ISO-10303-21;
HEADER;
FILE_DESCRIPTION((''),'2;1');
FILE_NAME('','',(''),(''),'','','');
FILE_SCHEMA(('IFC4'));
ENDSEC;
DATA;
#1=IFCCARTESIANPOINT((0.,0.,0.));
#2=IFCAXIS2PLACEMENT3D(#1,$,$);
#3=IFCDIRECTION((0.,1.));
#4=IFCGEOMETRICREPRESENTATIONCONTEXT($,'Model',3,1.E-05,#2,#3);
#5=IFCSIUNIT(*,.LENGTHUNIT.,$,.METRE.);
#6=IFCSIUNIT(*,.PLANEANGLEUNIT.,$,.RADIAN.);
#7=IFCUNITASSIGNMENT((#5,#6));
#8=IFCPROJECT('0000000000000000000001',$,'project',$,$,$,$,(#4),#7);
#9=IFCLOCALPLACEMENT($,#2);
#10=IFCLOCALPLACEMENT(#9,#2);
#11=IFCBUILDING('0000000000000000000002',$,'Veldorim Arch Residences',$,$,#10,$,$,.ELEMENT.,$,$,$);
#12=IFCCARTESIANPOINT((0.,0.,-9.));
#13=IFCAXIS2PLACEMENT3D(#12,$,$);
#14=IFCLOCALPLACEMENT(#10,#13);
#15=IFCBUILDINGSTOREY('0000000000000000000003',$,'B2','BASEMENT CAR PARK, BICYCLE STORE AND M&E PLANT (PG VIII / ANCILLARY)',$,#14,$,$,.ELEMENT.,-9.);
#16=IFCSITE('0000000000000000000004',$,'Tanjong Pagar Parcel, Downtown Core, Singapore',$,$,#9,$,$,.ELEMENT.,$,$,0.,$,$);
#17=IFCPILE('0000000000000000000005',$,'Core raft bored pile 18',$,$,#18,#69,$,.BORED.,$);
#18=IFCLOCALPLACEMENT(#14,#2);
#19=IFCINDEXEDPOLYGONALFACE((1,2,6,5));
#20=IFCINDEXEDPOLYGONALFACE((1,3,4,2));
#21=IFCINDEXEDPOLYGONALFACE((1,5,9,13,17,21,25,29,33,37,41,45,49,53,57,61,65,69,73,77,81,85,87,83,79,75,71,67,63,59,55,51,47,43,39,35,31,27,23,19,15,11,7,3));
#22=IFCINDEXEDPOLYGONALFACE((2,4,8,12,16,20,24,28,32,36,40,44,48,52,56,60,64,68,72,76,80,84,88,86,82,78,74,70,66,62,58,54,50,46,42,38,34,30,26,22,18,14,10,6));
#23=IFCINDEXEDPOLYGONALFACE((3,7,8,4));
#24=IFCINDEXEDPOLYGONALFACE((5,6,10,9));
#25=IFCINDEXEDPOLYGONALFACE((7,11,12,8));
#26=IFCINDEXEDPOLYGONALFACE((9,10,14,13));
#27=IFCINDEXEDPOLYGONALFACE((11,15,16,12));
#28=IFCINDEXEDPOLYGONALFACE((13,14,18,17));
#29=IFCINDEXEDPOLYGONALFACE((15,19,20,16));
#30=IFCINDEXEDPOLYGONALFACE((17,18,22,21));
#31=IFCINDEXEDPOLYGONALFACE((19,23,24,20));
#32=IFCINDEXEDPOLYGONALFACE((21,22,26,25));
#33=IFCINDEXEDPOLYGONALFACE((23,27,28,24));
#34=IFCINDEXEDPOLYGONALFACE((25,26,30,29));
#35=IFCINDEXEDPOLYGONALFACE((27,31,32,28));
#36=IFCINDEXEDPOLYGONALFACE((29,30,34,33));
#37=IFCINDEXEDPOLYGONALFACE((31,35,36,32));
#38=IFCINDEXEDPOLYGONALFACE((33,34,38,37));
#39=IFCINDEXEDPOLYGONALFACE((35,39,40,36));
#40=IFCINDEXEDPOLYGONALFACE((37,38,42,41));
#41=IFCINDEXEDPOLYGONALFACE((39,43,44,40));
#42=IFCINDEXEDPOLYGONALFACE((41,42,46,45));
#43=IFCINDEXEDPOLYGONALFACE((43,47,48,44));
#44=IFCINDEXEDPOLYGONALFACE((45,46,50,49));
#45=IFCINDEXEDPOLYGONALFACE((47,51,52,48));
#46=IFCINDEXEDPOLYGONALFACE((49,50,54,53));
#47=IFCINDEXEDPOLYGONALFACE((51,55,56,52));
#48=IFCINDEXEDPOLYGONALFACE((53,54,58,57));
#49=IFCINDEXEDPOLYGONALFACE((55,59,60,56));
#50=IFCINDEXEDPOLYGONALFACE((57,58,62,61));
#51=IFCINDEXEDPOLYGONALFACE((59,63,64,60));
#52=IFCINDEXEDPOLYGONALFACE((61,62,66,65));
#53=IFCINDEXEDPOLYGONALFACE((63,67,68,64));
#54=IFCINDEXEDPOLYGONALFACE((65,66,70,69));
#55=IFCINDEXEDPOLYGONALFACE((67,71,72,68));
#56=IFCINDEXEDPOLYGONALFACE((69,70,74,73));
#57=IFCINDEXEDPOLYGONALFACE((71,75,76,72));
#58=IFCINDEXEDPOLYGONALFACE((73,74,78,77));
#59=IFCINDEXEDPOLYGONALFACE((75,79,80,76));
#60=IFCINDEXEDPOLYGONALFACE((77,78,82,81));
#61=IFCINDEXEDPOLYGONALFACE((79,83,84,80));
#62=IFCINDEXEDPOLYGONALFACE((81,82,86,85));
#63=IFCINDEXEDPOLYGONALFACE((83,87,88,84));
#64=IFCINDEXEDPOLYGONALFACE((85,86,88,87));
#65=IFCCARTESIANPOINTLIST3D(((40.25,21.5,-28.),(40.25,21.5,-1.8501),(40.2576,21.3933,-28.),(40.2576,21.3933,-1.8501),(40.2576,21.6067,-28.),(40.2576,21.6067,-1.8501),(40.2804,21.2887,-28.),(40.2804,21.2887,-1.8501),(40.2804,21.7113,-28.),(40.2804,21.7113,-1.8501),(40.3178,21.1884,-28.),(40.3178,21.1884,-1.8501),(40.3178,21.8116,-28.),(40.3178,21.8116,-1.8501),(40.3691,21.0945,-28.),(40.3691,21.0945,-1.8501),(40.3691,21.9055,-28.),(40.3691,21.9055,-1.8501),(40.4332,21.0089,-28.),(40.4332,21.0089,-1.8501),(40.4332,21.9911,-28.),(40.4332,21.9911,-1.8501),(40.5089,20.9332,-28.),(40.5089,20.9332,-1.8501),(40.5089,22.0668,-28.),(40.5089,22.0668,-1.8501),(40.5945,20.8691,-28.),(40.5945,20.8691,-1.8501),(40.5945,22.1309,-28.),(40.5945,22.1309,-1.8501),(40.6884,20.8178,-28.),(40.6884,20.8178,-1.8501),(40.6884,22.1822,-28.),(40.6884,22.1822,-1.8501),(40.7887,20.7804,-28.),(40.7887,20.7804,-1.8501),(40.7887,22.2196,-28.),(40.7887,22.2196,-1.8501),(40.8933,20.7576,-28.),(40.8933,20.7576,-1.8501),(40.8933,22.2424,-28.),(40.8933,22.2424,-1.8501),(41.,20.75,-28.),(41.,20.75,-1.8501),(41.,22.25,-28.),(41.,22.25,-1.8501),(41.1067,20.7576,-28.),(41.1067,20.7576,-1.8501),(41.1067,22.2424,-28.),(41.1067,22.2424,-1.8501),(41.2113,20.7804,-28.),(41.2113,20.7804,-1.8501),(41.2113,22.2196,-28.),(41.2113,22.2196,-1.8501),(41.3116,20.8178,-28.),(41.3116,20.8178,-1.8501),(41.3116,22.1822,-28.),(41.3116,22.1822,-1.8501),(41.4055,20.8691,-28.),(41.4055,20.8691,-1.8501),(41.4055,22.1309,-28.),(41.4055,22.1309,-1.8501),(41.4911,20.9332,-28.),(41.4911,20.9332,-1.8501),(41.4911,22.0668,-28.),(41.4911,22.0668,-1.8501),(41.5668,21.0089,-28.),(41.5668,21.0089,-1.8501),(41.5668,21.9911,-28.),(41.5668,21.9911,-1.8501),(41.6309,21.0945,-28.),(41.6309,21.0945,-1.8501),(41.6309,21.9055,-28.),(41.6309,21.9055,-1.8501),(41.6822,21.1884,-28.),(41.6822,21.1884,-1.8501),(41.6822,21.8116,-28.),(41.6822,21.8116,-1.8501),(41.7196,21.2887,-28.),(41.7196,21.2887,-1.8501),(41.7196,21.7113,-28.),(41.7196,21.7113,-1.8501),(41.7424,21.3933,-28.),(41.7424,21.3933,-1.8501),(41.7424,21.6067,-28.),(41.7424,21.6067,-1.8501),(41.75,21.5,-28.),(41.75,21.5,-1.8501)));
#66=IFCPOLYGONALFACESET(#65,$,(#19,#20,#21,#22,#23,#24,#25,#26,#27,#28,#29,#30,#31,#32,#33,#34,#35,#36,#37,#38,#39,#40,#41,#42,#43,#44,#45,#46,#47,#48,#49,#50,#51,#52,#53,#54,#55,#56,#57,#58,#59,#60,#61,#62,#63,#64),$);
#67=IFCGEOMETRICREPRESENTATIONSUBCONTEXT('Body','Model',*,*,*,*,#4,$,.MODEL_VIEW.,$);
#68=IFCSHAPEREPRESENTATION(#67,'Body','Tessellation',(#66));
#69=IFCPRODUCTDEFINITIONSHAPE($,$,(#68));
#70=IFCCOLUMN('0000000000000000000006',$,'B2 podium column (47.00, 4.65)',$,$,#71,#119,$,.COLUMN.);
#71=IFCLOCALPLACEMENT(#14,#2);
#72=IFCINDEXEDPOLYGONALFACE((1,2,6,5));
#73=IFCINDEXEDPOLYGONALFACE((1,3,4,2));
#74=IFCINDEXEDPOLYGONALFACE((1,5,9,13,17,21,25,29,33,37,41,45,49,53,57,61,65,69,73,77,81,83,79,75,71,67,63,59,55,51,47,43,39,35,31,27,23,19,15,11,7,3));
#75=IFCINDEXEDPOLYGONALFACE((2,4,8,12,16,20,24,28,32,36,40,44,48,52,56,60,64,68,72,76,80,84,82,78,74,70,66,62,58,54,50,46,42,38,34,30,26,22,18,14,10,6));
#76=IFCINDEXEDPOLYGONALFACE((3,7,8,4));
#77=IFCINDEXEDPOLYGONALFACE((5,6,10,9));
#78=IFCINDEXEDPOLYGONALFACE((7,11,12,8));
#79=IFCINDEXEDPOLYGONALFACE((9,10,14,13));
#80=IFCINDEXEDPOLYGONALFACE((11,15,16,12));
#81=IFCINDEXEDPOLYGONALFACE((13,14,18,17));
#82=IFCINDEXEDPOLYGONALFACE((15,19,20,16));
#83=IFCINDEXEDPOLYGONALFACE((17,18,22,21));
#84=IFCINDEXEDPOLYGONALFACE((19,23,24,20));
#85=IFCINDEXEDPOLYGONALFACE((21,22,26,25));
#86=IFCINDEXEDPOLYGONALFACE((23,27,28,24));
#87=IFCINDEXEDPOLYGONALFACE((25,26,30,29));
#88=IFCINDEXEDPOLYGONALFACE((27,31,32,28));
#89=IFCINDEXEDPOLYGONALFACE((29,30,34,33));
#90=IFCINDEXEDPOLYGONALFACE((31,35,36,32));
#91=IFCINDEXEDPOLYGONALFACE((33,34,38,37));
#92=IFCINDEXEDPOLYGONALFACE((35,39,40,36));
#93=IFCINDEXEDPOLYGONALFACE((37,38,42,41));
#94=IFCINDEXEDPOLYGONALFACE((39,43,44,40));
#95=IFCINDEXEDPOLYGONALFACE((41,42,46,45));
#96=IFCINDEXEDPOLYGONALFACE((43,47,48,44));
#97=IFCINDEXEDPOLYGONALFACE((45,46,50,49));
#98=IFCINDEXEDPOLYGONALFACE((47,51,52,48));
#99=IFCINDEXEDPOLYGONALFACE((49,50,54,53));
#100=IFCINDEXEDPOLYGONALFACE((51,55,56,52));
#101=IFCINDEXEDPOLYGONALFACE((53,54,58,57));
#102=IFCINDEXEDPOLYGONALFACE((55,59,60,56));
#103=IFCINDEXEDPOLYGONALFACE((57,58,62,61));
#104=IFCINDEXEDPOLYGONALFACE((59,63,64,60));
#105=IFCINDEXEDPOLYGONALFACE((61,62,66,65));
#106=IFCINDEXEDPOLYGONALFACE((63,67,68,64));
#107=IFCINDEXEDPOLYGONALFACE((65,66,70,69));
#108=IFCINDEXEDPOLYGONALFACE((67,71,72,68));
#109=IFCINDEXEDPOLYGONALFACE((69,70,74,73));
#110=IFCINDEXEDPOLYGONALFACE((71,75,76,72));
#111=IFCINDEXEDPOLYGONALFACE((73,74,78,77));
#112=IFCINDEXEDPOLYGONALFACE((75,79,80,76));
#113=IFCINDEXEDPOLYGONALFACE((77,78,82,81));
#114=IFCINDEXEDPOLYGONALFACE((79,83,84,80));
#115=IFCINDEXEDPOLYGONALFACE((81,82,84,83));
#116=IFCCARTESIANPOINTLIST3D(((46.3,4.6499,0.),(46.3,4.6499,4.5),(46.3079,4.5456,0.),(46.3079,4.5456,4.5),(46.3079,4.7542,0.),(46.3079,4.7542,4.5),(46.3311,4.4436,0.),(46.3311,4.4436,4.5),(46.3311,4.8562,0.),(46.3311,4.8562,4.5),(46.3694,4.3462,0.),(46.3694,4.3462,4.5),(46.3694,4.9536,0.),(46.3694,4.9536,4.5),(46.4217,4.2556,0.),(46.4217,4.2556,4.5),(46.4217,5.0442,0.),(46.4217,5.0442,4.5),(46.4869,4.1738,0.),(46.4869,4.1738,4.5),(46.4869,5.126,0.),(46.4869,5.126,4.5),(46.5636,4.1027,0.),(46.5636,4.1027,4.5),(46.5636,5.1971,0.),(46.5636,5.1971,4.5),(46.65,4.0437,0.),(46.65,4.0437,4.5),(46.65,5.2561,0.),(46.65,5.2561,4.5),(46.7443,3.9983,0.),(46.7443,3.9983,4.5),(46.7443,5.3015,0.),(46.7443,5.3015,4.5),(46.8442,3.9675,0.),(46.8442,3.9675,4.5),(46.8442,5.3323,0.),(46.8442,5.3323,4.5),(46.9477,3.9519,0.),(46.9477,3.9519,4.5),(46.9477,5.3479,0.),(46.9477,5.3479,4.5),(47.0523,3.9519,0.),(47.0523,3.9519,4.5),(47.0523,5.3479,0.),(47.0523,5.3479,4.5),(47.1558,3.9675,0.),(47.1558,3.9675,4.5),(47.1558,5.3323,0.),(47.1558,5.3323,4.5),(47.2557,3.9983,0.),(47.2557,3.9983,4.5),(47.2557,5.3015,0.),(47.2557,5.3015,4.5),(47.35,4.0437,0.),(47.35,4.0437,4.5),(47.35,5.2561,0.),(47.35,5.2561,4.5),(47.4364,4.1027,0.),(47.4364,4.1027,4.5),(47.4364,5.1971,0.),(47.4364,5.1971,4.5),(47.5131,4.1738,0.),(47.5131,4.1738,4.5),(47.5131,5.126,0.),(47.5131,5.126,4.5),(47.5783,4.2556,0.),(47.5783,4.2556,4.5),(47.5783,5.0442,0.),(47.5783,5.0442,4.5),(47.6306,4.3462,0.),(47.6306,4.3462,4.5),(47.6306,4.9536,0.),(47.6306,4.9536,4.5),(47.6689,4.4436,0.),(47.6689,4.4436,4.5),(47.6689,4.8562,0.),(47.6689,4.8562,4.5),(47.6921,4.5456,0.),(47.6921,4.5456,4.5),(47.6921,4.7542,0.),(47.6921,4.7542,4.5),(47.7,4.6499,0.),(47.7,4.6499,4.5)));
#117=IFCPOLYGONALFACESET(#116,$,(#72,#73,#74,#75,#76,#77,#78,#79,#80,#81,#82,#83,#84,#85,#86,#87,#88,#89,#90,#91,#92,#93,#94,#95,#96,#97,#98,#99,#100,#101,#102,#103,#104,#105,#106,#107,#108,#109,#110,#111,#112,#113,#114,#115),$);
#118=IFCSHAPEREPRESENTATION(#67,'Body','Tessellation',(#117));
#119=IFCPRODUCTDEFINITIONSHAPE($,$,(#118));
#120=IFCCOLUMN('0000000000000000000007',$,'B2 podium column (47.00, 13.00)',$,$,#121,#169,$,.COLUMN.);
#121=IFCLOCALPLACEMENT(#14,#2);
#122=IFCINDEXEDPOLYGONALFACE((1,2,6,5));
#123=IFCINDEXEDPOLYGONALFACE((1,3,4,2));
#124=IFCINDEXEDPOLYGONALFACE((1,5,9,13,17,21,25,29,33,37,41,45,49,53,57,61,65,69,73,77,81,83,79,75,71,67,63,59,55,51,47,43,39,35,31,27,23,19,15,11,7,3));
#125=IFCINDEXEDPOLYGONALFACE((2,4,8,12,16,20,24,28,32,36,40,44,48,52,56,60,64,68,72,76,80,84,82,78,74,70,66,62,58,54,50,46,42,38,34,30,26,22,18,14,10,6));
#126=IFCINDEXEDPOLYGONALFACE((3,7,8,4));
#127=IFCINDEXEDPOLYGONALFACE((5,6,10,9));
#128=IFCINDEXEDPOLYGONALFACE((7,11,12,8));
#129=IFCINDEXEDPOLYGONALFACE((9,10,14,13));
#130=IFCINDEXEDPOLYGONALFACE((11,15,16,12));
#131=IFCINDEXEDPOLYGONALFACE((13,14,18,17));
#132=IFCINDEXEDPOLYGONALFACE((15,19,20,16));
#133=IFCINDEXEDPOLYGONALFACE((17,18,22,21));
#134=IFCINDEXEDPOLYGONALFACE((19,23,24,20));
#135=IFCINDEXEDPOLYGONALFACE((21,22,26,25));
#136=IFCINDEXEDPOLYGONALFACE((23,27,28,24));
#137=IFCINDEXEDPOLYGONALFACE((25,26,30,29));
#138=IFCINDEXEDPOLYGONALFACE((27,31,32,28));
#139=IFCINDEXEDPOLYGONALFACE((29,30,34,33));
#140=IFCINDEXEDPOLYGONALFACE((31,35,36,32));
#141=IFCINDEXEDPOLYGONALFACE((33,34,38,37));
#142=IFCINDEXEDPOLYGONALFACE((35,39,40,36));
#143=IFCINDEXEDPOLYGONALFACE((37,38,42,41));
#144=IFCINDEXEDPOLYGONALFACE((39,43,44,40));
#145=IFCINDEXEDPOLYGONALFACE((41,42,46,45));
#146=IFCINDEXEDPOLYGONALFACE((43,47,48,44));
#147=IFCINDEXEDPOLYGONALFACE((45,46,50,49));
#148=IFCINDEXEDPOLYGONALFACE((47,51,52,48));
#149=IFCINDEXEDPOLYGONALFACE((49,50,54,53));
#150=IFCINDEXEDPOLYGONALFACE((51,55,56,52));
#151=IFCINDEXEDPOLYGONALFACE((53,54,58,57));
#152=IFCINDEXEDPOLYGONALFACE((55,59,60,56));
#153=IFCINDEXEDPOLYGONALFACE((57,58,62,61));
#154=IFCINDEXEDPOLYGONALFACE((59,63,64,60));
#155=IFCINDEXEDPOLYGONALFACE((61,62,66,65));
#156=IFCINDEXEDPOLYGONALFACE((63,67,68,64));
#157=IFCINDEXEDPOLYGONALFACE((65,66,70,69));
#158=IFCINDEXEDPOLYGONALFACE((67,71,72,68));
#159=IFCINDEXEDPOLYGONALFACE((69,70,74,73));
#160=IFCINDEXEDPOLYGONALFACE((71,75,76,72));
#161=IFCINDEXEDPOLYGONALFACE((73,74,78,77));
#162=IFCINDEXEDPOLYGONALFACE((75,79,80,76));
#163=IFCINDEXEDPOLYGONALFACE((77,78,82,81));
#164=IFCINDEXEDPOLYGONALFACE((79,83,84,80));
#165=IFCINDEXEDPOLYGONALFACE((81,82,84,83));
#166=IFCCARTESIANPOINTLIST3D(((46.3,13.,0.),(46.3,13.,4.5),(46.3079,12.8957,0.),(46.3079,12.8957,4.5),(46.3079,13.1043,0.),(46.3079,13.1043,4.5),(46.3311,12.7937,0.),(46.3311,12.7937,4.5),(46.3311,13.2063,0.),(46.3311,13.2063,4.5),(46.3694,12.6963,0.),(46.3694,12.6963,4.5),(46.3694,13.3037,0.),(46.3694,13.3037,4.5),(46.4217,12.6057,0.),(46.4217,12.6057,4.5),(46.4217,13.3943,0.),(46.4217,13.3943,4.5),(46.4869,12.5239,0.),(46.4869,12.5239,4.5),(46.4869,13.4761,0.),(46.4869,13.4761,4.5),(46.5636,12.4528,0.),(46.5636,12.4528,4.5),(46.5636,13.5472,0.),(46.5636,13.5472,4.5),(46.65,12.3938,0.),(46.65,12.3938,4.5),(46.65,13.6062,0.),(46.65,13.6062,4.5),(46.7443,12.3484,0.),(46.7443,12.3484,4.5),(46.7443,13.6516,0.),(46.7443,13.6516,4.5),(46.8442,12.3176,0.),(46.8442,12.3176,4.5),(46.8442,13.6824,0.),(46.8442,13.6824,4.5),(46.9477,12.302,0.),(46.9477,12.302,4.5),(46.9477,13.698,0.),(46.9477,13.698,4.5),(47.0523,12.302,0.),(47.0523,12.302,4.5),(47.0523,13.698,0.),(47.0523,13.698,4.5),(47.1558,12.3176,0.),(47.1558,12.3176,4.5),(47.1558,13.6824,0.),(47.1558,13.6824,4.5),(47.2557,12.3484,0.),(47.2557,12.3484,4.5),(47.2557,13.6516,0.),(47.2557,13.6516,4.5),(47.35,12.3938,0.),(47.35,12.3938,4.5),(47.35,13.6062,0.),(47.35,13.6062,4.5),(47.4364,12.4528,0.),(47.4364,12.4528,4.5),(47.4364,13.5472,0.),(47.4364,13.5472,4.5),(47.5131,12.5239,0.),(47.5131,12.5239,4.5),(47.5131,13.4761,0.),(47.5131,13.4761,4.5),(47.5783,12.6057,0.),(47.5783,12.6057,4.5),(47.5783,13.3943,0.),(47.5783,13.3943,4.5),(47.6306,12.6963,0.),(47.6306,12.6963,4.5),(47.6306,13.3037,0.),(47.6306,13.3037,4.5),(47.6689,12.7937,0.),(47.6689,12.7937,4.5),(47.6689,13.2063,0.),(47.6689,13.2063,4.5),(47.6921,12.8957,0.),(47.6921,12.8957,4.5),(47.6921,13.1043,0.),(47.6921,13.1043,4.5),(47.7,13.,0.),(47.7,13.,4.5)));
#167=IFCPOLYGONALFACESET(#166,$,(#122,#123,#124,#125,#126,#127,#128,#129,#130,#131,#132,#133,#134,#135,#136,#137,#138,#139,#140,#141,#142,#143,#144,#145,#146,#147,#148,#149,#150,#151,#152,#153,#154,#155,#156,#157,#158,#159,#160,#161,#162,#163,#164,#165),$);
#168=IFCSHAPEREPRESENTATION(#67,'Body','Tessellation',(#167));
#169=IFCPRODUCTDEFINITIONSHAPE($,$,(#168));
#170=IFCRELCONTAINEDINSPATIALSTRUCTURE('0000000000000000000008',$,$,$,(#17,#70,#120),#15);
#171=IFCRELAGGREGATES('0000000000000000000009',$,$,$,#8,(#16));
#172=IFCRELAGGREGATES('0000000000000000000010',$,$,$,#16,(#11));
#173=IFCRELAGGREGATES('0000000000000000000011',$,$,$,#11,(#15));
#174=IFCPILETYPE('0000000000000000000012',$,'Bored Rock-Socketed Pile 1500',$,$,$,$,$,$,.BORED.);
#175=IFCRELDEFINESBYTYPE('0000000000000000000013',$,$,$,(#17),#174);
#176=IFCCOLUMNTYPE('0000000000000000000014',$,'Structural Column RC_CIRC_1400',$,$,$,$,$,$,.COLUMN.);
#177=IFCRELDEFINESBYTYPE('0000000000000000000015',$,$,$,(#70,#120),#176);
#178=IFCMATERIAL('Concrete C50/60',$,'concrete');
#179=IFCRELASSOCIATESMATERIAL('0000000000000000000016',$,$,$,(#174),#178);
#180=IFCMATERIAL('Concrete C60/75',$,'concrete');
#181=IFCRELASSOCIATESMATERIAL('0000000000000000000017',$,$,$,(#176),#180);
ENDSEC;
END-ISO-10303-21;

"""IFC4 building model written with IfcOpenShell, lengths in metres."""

from ifc_helpers import new_model, si_unit, direction, frame, origin, origin_2d, place, context, subcontext, project, spatial, circle, extrude, material, material_profile, profile_set, type_object, element, save


model = new_model("IFC4")

# Units and contexts
model_context = context("Model", 3, precision=1e-05, world=origin(), true_north=direction((0.0, 1.0)))
body_context = subcontext(model_context, "Body", "Model", "MODEL_VIEW")
ifc_project = project(units=[si_unit("LENGTHUNIT", "METRE"), si_unit("PLANEANGLEUNIT", "RADIAN")], contexts=[model_context])

# Site, building, storey
site_placement = place(None, origin())
site = spatial("IfcSite", under=ifc_project, at=site_placement, Name="Tanjong Pagar Parcel, Downtown Core, Singapore", CompositionType="ELEMENT", RefElevation=0.0)
building_placement = place(site_placement, origin())
building = spatial("IfcBuilding", under=site, at=building_placement, Name="Veldorim Arch Residences", CompositionType="ELEMENT")
storey_placement = place(building_placement, frame((0.0, 0.0, -9.0)))
storey = spatial("IfcBuildingStorey", under=building, at=storey_placement, Name="B2", Description="BASEMENT CAR PARK, BICYCLE STORE AND M&E PLANT (PG VIII / ANCILLARY)", CompositionType="ELEMENT", Elevation=-9.0)

# Pile
ifc_material_1 = material(Name="Concrete C50/60", Category="concrete")
ifc_material_profile_1 = material_profile(ifc_material_1, circle(Radius=0.75, at=origin_2d()), Name="PILE_1500")
ifc_profile_set_1 = profile_set([ifc_material_profile_1], Name="Concrete C50/60")
pile_type_1 = type_object("IfcPileType", Name="Bored Rock-Socketed Pile 1500", PredefinedType="BORED", material=ifc_profile_set_1)
for number, where, z_axis, x_axis, name in (
    (1, (41.0, 21.5, -1.8501), (0.0, 0.0, -1.0), (1.0, 0.0, 0.0), "Core raft bored pile 18"),
):
    element("IfcPile", number, at=place(storey_placement, frame(where, z_axis=z_axis, x_axis=x_axis)), inside=storey, type_object=pile_type_1, Name=name, PredefinedType="BORED", context=body_context, shape_type="SweptSolid", body=[
        extrude(circle(Radius=0.75, at=origin_2d()), origin(), (0.0, 0.0, 1.0), 26.1499),
    ])

# Columns
ifc_material_2 = material(Name="Concrete C60/75", Category="concrete")
ifc_material_profile_2 = material_profile(ifc_material_2, circle(Radius=0.7, at=origin_2d()), Name="RC_CIRC_1400")
ifc_profile_set_2 = profile_set([ifc_material_profile_2], Name="Concrete C60/75")
column_type_1 = type_object("IfcColumnType", Name="Structural Column RC_CIRC_1400", PredefinedType="COLUMN", material=ifc_profile_set_2)
for number, where, z_axis, x_axis, name in (
    (2, (47.0, 4.6499, 0.0), (0.0, 0.0, 1.0), (1.0, 0.0, 0.0), "B2 podium column (47.00, 4.65)"),
    (3, (47.0, 13.0, 0.0), (0.0, 0.0, 1.0), (1.0, 0.0, 0.0), "B2 podium column (47.00, 13.00)"),
):
    element("IfcColumn", number, at=place(storey_placement, frame(where, z_axis=z_axis, x_axis=x_axis)), inside=storey, type_object=column_type_1, Name=name, PredefinedType="COLUMN", context=body_context, shape_type="SweptSolid", body=[
        extrude(circle(Radius=0.7, at=origin_2d()), origin(), (0.0, 0.0, 1.0), 4.5),
    ])

save(model, "model.ifc")
